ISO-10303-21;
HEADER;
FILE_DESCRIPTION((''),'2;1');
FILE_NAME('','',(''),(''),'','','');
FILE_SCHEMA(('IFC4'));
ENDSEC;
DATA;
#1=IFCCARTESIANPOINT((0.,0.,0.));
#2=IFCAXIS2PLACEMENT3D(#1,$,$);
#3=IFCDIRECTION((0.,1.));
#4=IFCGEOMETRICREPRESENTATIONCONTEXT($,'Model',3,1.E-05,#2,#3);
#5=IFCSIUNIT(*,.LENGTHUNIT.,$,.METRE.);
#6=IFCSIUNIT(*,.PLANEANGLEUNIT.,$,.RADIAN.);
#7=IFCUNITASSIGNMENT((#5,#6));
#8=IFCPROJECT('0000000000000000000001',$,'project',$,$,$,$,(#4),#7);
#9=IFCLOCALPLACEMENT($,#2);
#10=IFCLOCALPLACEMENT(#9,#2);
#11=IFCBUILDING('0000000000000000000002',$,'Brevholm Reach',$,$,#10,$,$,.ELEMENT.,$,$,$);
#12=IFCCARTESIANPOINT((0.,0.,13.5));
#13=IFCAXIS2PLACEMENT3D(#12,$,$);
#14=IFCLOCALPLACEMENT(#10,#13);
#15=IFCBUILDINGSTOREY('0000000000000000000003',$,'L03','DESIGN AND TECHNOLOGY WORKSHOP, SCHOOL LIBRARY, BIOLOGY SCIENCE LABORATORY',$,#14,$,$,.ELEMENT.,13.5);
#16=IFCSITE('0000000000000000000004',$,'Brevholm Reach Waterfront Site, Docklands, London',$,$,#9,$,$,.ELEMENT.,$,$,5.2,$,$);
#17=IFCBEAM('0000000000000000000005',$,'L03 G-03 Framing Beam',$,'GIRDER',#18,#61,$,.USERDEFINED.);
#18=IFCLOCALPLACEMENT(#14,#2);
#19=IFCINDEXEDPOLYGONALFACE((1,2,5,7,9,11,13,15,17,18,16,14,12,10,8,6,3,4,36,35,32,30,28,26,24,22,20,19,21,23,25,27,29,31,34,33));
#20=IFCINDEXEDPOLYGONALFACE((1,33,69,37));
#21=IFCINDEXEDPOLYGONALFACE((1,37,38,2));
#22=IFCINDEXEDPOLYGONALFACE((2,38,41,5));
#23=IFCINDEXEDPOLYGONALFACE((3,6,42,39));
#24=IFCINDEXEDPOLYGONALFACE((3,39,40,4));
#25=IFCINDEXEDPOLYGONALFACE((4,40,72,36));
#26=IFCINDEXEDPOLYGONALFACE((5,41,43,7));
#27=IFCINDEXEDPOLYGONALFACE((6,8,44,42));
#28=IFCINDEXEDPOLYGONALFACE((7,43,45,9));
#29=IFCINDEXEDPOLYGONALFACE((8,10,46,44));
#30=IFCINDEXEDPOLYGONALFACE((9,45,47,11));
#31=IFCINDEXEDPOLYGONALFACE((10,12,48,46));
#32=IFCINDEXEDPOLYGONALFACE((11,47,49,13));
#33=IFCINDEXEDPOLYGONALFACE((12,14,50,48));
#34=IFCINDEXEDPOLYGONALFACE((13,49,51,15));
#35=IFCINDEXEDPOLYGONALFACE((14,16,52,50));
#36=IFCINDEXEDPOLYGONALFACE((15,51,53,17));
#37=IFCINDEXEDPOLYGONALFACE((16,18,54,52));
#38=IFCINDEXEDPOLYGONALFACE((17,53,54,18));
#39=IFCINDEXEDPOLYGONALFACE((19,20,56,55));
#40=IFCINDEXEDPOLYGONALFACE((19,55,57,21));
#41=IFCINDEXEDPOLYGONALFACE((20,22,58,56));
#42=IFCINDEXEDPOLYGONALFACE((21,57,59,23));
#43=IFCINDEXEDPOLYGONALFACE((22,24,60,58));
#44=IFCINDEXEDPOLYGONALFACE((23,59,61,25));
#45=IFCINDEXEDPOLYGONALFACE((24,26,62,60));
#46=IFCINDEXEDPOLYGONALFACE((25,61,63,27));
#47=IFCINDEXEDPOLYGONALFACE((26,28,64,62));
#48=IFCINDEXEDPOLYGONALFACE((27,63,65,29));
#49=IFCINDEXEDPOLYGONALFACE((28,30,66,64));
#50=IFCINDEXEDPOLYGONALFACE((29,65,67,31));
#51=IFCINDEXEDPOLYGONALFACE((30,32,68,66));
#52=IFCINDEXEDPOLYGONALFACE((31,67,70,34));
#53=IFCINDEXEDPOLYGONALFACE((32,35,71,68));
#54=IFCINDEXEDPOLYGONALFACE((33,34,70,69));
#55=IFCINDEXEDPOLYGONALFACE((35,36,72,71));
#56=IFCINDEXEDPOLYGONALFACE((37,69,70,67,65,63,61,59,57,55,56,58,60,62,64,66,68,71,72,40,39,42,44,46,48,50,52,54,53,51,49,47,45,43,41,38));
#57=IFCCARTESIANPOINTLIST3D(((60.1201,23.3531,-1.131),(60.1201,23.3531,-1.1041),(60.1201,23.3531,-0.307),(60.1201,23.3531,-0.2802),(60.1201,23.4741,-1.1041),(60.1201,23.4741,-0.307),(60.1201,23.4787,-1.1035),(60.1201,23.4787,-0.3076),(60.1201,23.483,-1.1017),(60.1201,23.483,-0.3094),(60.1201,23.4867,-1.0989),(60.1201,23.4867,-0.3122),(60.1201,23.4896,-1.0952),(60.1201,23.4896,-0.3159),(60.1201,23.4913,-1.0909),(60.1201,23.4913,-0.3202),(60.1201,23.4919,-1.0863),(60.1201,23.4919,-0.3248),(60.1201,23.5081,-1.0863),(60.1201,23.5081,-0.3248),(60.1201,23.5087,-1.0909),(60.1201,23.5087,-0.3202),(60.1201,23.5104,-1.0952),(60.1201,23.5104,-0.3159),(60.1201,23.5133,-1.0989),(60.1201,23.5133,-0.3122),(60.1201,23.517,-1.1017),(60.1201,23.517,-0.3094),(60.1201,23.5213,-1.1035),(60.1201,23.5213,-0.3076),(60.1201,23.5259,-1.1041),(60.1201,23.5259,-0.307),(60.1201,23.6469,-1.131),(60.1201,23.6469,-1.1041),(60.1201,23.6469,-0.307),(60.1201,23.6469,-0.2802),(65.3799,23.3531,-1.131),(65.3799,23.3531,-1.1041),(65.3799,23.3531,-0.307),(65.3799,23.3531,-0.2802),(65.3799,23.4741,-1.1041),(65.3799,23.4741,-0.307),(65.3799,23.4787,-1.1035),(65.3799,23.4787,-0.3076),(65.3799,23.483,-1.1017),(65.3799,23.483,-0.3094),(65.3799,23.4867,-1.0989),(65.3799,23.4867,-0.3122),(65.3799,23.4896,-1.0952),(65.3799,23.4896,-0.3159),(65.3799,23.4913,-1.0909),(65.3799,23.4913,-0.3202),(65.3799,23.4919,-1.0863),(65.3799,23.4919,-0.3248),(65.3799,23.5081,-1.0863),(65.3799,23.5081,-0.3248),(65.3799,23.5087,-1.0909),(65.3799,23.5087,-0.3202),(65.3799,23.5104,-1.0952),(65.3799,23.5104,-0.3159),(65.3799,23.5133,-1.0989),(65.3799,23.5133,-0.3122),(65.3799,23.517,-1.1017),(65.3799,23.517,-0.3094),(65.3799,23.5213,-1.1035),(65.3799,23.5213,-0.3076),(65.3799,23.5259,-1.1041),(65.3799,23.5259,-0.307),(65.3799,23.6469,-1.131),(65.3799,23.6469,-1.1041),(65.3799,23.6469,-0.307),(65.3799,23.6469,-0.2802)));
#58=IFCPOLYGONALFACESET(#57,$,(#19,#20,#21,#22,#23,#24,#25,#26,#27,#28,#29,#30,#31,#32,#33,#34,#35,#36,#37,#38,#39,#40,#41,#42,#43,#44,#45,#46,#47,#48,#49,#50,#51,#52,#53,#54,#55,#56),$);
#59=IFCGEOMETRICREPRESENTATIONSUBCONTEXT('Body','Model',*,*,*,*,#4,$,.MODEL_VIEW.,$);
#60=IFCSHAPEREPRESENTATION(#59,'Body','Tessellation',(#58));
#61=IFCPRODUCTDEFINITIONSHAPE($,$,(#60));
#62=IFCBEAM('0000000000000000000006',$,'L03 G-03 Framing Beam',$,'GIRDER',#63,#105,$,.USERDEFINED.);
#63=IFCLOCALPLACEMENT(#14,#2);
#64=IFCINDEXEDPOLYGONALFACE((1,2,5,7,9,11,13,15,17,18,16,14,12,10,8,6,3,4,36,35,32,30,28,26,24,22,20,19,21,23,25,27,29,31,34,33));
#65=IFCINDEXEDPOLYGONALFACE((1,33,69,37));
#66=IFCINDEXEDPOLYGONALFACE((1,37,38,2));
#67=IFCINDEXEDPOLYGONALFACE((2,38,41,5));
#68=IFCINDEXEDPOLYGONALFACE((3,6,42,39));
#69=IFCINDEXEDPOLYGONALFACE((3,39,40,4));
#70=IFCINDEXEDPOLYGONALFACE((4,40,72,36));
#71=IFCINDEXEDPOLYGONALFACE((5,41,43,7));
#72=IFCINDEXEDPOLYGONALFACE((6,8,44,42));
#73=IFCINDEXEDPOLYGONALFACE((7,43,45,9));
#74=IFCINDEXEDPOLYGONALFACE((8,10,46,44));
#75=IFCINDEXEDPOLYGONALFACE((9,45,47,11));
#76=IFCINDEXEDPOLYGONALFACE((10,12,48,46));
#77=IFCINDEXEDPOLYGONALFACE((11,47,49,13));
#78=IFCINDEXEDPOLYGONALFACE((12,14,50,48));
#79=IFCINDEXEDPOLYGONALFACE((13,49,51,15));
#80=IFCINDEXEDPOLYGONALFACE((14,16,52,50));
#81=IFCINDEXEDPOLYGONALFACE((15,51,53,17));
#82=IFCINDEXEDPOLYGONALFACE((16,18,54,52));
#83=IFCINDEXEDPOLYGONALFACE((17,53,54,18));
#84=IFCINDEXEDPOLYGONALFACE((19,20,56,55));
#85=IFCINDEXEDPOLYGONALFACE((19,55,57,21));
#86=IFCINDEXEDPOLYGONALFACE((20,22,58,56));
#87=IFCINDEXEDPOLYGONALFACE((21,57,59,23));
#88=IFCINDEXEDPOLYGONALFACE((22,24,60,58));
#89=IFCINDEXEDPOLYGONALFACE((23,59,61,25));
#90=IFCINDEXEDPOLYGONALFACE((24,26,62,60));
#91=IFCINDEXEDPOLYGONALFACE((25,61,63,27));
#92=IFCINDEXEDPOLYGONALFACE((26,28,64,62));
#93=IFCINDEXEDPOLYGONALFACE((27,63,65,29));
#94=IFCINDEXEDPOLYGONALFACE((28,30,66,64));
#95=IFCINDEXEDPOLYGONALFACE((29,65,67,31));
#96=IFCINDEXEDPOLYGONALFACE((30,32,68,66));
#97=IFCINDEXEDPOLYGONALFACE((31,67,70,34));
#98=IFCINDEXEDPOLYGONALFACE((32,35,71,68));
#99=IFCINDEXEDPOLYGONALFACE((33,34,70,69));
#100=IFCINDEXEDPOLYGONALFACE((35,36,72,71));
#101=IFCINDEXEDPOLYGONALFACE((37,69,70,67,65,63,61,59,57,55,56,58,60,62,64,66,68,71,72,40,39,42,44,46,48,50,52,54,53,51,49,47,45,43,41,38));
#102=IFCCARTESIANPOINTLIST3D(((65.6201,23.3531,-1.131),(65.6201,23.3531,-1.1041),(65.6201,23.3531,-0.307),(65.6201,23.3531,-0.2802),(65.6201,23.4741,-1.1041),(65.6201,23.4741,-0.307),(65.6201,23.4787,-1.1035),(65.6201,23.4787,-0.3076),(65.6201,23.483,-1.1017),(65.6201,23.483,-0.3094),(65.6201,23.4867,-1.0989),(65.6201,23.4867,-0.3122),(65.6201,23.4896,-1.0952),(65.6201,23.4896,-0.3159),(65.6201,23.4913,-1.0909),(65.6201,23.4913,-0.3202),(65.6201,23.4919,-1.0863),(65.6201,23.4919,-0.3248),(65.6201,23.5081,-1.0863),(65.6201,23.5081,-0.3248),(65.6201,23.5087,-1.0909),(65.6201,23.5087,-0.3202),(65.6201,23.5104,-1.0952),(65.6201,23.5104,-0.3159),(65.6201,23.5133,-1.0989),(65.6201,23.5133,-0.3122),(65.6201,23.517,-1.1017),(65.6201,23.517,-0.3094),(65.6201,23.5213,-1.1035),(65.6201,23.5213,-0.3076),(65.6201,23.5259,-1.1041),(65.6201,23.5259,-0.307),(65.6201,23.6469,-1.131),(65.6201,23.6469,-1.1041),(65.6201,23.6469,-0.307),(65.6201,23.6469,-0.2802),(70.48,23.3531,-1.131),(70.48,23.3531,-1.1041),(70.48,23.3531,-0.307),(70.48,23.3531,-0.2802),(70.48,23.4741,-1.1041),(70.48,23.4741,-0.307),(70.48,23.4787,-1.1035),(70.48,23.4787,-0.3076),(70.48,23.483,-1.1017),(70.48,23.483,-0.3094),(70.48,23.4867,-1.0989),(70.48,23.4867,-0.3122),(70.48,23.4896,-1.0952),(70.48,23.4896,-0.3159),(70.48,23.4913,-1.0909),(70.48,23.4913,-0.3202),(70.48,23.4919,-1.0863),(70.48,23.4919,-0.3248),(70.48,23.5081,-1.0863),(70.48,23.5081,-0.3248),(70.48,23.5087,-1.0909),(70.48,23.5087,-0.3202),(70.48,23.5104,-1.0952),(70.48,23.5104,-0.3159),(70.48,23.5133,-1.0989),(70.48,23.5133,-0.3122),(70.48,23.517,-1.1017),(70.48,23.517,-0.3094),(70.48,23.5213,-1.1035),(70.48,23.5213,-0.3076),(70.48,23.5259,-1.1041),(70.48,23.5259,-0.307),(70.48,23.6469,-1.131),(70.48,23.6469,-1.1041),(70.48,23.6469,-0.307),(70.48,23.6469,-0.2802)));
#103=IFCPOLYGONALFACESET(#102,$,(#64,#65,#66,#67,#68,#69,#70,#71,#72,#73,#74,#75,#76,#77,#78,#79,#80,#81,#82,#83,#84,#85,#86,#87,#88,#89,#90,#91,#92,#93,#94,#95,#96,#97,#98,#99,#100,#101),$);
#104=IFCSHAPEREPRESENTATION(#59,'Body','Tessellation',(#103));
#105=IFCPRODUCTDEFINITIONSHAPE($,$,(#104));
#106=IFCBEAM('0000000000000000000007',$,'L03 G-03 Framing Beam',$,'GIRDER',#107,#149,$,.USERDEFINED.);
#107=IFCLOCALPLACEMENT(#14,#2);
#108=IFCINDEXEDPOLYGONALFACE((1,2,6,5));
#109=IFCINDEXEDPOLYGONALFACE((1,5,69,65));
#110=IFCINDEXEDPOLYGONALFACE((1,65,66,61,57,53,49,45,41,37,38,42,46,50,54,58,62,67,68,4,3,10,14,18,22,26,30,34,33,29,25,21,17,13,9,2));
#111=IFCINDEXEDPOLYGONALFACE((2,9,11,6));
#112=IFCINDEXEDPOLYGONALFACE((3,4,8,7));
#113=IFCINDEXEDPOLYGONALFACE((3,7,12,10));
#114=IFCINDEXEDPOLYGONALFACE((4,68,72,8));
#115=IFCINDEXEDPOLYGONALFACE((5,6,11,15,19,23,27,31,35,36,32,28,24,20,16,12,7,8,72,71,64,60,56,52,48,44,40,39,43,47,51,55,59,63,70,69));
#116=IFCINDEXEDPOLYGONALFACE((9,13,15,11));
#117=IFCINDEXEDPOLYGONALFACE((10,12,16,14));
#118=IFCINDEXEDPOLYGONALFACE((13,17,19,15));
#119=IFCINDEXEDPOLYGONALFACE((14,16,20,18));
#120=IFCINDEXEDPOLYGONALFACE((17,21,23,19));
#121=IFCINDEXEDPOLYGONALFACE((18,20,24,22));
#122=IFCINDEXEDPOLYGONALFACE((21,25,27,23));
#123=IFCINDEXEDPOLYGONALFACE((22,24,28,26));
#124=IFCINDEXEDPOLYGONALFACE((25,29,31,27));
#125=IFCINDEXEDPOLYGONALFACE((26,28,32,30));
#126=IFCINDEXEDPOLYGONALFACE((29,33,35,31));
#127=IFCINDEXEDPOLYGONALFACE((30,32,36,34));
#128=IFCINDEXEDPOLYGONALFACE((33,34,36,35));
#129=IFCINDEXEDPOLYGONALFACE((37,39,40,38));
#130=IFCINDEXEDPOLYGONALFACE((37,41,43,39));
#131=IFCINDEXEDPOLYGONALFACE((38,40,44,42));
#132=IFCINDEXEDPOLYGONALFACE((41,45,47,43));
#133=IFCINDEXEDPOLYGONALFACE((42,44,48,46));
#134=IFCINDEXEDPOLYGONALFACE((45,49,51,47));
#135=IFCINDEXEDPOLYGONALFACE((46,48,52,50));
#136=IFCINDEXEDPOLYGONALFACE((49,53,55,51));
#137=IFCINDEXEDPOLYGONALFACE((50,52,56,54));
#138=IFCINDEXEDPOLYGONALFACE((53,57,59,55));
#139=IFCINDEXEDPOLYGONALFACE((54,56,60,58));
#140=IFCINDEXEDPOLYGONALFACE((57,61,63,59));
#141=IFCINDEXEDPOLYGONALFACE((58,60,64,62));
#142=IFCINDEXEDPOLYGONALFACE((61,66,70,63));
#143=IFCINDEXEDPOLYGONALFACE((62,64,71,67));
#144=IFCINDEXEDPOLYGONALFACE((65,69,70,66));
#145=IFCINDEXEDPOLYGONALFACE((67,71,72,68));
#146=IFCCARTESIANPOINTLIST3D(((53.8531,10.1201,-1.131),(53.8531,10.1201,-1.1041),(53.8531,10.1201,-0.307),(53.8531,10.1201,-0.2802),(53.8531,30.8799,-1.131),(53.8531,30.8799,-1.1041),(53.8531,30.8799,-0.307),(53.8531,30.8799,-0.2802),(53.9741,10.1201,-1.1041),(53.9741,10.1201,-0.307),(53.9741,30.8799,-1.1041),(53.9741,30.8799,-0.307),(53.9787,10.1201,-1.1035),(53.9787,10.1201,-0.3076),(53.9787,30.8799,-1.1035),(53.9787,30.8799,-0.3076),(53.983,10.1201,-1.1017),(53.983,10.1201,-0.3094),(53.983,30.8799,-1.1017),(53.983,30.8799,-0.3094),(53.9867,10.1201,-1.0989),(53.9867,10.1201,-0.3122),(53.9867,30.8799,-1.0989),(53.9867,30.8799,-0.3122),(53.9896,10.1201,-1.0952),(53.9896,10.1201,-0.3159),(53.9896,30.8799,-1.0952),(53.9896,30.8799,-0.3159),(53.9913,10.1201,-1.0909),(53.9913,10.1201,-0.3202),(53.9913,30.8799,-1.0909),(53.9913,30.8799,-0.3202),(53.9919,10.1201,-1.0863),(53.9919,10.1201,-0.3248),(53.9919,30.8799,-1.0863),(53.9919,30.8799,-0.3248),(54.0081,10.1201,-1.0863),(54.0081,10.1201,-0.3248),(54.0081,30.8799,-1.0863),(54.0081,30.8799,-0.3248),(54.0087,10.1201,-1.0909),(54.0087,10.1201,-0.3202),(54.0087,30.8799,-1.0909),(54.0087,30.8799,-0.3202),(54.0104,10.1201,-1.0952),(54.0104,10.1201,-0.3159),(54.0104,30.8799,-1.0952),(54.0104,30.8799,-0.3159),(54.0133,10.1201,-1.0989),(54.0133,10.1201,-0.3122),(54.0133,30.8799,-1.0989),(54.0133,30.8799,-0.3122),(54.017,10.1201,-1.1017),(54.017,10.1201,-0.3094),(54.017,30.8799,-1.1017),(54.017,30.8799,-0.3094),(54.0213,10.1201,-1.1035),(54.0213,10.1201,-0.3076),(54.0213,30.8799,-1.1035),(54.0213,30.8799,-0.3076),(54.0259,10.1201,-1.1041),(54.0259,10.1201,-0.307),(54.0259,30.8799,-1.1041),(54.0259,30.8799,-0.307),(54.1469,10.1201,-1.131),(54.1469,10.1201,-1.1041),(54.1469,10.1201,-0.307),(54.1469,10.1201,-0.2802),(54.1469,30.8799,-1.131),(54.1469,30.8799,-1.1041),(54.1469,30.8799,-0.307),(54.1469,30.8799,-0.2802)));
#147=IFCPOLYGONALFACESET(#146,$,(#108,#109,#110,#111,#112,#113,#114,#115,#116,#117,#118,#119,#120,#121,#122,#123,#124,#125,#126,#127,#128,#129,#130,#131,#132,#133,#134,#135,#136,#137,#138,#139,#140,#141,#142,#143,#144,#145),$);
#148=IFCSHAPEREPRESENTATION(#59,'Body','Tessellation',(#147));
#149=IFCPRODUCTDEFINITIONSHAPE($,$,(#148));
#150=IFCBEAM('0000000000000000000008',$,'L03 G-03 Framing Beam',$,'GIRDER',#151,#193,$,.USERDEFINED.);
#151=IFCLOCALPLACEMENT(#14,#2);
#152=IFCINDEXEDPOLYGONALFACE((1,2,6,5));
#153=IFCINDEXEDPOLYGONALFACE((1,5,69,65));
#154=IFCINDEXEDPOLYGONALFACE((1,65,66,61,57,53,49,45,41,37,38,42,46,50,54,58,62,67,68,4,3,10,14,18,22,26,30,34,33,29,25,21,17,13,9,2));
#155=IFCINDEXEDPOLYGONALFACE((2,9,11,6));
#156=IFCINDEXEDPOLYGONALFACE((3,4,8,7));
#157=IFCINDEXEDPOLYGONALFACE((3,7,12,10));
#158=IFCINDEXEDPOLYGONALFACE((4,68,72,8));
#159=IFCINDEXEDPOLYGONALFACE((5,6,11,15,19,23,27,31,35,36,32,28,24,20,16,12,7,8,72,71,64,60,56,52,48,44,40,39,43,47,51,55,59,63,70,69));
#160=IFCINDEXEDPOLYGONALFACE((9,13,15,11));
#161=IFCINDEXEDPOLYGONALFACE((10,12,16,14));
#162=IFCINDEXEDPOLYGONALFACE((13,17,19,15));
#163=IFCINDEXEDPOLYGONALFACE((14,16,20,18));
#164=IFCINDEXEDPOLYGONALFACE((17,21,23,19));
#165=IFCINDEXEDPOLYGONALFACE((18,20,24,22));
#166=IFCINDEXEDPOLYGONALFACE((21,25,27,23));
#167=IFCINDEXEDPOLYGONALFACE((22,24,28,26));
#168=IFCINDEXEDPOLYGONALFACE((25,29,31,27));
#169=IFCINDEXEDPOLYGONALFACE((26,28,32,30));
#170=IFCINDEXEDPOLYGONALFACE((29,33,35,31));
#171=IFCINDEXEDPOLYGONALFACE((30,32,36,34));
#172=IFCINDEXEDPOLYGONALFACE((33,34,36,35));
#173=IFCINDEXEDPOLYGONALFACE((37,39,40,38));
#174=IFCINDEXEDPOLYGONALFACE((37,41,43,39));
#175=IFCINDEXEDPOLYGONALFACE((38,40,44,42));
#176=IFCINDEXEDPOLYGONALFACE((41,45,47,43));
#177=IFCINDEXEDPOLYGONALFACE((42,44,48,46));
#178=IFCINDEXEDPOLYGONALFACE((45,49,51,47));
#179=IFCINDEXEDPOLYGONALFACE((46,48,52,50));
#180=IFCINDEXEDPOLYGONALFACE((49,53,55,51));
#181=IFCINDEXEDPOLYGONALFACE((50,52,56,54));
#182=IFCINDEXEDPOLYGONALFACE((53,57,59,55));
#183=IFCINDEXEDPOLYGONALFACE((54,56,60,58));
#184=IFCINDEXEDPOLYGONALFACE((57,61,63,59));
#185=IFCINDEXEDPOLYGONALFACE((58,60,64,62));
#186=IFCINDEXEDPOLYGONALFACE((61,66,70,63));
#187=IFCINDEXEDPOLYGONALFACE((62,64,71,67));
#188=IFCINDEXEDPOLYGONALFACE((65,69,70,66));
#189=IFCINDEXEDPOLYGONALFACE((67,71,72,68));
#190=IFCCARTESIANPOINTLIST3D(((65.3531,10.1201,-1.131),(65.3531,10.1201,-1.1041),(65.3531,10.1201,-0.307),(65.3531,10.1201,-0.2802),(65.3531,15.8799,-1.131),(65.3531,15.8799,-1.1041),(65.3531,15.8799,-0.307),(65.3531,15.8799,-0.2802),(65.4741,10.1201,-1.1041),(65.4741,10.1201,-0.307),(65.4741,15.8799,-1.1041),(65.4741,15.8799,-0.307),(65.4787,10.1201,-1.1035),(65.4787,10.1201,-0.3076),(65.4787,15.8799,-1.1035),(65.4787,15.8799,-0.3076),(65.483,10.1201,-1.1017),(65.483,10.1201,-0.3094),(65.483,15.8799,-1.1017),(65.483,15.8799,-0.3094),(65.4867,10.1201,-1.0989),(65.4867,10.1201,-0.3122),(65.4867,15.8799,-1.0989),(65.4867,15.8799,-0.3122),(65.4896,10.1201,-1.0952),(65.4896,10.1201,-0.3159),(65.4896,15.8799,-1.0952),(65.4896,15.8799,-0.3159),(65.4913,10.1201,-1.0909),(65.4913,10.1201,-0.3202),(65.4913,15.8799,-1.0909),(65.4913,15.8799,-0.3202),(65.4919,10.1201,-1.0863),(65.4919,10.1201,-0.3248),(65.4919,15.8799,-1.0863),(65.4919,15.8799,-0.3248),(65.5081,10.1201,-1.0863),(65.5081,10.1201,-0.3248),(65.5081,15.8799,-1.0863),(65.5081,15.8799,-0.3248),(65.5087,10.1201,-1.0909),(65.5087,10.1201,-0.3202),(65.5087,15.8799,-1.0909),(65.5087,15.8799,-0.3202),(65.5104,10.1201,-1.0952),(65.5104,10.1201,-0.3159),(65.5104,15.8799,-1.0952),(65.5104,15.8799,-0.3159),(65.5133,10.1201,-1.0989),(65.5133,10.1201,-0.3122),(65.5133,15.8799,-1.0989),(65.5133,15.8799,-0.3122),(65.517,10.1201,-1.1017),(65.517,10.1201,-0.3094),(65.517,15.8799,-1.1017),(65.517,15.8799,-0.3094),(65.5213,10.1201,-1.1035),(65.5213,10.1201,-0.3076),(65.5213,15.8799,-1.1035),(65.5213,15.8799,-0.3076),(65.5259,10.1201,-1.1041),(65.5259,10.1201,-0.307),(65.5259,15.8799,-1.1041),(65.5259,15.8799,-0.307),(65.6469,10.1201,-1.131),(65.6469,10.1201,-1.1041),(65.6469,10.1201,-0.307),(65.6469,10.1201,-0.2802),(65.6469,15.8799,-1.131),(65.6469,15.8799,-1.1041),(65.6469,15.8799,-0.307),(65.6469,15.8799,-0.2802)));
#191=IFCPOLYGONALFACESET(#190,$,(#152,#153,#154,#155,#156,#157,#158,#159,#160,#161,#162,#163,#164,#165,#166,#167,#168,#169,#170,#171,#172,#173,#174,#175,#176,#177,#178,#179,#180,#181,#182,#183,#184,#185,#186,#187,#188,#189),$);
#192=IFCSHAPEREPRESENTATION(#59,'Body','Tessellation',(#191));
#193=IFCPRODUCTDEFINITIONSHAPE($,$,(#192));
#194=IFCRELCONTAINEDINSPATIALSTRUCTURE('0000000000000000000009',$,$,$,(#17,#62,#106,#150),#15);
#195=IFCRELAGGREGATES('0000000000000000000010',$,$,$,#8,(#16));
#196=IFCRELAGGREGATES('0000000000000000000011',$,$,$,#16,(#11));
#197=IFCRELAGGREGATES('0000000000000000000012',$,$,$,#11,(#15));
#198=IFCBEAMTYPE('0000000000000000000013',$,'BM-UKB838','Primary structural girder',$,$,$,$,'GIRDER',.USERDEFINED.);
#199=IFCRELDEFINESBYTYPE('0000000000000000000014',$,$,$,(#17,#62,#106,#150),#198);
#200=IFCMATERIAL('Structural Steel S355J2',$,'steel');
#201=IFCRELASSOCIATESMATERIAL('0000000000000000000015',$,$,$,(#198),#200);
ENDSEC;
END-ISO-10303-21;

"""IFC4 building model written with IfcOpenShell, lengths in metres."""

from ifc_helpers import new_model, si_unit, direction, frame, origin, origin_2d, place, context, subcontext, project, spatial, i_section, extrude, material, material_profile, profile_set, type_object, element, save


model = new_model("IFC4")

# Units and contexts
model_context = context("Model", 3, precision=1e-05, world=origin(), true_north=direction((0.0, 1.0)))
body_context = subcontext(model_context, "Body", "Model", "MODEL_VIEW")
ifc_project = project(units=[si_unit("LENGTHUNIT", "METRE"), si_unit("PLANEANGLEUNIT", "RADIAN")], contexts=[model_context])

# Site, building, storey
site_placement = place(None, origin())
site = spatial("IfcSite", under=ifc_project, at=site_placement, Name="Brevholm Reach Waterfront Site, Docklands, London", CompositionType="ELEMENT", RefElevation=5.2)
building_placement = place(site_placement, origin())
building = spatial("IfcBuilding", under=site, at=building_placement, Name="Brevholm Reach", CompositionType="ELEMENT")
storey_placement = place(building_placement, frame((0.0, 0.0, 13.5)))
storey = spatial("IfcBuildingStorey", under=building, at=storey_placement, Name="L03", Description="DESIGN AND TECHNOLOGY WORKSHOP, SCHOOL LIBRARY, BIOLOGY SCIENCE LABORATORY", CompositionType="ELEMENT", Elevation=13.5)

# Beams
ifc_material_1 = material(Name="Structural Steel S355J2", Category="steel")
ifc_material_profile_1 = material_profile(ifc_material_1, i_section(OverallWidth=0.2937, OverallDepth=0.8508, WebThickness=0.0161, FlangeThickness=0.0269, FilletRadius=0.0178, at=origin_2d()), Name="UKB 838x292x226")
ifc_profile_set_1 = profile_set([ifc_material_profile_1], Name="Structural Steel S355J2")
beam_type_1 = type_object("IfcBeamType", Name="BM-UKB838", Description="Primary structural girder", ElementType="GIRDER", PredefinedType="USERDEFINED", material=ifc_profile_set_1)
beam_1_placement = place(storey_placement, frame((60.1201, 23.5, -0.7056), z_axis=(1.0, 0.0, 0.0), x_axis=(0.0, 1.0, 0.0)))
element("IfcBeam", 1, at=beam_1_placement, inside=storey, type_object=beam_type_1, Name="L03 G-03 Framing Beam", ObjectType="GIRDER", PredefinedType="USERDEFINED", context=body_context, shape_type="SweptSolid", body=[
    extrude(i_section(OverallWidth=0.2937, OverallDepth=0.8508, WebThickness=0.0161, FlangeThickness=0.0269, FilletRadius=0.0178, at=origin_2d()), origin(), (0.0, 0.0, 1.0), 5.2598),
])
beam_2_placement = place(storey_placement, frame((65.6201, 23.5, -0.7056), z_axis=(1.0, 0.0, 0.0), x_axis=(0.0, 1.0, 0.0)))
element("IfcBeam", 2, at=beam_2_placement, inside=storey, type_object=beam_type_1, Name="L03 G-03 Framing Beam", ObjectType="GIRDER", PredefinedType="USERDEFINED", context=body_context, shape_type="SweptSolid", body=[
    extrude(i_section(OverallWidth=0.2937, OverallDepth=0.8508, WebThickness=0.0161, FlangeThickness=0.0269, FilletRadius=0.0178, at=origin_2d()), origin(), (0.0, 0.0, 1.0), 4.8599),
])
beam_3_placement = place(storey_placement, frame((54.0, 10.1201, -0.7056), z_axis=(0.0, 1.0, 0.0), x_axis=(-1.0, 0.0, 0.0)))
element("IfcBeam", 3, at=beam_3_placement, inside=storey, type_object=beam_type_1, Name="L03 G-03 Framing Beam", ObjectType="GIRDER", PredefinedType="USERDEFINED", context=body_context, shape_type="SweptSolid", body=[
    extrude(i_section(OverallWidth=0.2937, OverallDepth=0.8508, WebThickness=0.0161, FlangeThickness=0.0269, FilletRadius=0.0178, at=origin_2d()), origin(), (0.0, 0.0, 1.0), 20.7598),
])
beam_4_placement = place(storey_placement, frame((65.5, 10.1201, -0.7056), z_axis=(0.0, 1.0, 0.0), x_axis=(-1.0, 0.0, 0.0)))
element("IfcBeam", 4, at=beam_4_placement, inside=storey, type_object=beam_type_1, Name="L03 G-03 Framing Beam", ObjectType="GIRDER", PredefinedType="USERDEFINED", context=body_context, shape_type="SweptSolid", body=[
    extrude(i_section(OverallWidth=0.2937, OverallDepth=0.8508, WebThickness=0.0161, FlangeThickness=0.0269, FilletRadius=0.0178, at=origin_2d()), origin(), (0.0, 0.0, 1.0), 5.7598),
])

save(model, "model.ifc")
